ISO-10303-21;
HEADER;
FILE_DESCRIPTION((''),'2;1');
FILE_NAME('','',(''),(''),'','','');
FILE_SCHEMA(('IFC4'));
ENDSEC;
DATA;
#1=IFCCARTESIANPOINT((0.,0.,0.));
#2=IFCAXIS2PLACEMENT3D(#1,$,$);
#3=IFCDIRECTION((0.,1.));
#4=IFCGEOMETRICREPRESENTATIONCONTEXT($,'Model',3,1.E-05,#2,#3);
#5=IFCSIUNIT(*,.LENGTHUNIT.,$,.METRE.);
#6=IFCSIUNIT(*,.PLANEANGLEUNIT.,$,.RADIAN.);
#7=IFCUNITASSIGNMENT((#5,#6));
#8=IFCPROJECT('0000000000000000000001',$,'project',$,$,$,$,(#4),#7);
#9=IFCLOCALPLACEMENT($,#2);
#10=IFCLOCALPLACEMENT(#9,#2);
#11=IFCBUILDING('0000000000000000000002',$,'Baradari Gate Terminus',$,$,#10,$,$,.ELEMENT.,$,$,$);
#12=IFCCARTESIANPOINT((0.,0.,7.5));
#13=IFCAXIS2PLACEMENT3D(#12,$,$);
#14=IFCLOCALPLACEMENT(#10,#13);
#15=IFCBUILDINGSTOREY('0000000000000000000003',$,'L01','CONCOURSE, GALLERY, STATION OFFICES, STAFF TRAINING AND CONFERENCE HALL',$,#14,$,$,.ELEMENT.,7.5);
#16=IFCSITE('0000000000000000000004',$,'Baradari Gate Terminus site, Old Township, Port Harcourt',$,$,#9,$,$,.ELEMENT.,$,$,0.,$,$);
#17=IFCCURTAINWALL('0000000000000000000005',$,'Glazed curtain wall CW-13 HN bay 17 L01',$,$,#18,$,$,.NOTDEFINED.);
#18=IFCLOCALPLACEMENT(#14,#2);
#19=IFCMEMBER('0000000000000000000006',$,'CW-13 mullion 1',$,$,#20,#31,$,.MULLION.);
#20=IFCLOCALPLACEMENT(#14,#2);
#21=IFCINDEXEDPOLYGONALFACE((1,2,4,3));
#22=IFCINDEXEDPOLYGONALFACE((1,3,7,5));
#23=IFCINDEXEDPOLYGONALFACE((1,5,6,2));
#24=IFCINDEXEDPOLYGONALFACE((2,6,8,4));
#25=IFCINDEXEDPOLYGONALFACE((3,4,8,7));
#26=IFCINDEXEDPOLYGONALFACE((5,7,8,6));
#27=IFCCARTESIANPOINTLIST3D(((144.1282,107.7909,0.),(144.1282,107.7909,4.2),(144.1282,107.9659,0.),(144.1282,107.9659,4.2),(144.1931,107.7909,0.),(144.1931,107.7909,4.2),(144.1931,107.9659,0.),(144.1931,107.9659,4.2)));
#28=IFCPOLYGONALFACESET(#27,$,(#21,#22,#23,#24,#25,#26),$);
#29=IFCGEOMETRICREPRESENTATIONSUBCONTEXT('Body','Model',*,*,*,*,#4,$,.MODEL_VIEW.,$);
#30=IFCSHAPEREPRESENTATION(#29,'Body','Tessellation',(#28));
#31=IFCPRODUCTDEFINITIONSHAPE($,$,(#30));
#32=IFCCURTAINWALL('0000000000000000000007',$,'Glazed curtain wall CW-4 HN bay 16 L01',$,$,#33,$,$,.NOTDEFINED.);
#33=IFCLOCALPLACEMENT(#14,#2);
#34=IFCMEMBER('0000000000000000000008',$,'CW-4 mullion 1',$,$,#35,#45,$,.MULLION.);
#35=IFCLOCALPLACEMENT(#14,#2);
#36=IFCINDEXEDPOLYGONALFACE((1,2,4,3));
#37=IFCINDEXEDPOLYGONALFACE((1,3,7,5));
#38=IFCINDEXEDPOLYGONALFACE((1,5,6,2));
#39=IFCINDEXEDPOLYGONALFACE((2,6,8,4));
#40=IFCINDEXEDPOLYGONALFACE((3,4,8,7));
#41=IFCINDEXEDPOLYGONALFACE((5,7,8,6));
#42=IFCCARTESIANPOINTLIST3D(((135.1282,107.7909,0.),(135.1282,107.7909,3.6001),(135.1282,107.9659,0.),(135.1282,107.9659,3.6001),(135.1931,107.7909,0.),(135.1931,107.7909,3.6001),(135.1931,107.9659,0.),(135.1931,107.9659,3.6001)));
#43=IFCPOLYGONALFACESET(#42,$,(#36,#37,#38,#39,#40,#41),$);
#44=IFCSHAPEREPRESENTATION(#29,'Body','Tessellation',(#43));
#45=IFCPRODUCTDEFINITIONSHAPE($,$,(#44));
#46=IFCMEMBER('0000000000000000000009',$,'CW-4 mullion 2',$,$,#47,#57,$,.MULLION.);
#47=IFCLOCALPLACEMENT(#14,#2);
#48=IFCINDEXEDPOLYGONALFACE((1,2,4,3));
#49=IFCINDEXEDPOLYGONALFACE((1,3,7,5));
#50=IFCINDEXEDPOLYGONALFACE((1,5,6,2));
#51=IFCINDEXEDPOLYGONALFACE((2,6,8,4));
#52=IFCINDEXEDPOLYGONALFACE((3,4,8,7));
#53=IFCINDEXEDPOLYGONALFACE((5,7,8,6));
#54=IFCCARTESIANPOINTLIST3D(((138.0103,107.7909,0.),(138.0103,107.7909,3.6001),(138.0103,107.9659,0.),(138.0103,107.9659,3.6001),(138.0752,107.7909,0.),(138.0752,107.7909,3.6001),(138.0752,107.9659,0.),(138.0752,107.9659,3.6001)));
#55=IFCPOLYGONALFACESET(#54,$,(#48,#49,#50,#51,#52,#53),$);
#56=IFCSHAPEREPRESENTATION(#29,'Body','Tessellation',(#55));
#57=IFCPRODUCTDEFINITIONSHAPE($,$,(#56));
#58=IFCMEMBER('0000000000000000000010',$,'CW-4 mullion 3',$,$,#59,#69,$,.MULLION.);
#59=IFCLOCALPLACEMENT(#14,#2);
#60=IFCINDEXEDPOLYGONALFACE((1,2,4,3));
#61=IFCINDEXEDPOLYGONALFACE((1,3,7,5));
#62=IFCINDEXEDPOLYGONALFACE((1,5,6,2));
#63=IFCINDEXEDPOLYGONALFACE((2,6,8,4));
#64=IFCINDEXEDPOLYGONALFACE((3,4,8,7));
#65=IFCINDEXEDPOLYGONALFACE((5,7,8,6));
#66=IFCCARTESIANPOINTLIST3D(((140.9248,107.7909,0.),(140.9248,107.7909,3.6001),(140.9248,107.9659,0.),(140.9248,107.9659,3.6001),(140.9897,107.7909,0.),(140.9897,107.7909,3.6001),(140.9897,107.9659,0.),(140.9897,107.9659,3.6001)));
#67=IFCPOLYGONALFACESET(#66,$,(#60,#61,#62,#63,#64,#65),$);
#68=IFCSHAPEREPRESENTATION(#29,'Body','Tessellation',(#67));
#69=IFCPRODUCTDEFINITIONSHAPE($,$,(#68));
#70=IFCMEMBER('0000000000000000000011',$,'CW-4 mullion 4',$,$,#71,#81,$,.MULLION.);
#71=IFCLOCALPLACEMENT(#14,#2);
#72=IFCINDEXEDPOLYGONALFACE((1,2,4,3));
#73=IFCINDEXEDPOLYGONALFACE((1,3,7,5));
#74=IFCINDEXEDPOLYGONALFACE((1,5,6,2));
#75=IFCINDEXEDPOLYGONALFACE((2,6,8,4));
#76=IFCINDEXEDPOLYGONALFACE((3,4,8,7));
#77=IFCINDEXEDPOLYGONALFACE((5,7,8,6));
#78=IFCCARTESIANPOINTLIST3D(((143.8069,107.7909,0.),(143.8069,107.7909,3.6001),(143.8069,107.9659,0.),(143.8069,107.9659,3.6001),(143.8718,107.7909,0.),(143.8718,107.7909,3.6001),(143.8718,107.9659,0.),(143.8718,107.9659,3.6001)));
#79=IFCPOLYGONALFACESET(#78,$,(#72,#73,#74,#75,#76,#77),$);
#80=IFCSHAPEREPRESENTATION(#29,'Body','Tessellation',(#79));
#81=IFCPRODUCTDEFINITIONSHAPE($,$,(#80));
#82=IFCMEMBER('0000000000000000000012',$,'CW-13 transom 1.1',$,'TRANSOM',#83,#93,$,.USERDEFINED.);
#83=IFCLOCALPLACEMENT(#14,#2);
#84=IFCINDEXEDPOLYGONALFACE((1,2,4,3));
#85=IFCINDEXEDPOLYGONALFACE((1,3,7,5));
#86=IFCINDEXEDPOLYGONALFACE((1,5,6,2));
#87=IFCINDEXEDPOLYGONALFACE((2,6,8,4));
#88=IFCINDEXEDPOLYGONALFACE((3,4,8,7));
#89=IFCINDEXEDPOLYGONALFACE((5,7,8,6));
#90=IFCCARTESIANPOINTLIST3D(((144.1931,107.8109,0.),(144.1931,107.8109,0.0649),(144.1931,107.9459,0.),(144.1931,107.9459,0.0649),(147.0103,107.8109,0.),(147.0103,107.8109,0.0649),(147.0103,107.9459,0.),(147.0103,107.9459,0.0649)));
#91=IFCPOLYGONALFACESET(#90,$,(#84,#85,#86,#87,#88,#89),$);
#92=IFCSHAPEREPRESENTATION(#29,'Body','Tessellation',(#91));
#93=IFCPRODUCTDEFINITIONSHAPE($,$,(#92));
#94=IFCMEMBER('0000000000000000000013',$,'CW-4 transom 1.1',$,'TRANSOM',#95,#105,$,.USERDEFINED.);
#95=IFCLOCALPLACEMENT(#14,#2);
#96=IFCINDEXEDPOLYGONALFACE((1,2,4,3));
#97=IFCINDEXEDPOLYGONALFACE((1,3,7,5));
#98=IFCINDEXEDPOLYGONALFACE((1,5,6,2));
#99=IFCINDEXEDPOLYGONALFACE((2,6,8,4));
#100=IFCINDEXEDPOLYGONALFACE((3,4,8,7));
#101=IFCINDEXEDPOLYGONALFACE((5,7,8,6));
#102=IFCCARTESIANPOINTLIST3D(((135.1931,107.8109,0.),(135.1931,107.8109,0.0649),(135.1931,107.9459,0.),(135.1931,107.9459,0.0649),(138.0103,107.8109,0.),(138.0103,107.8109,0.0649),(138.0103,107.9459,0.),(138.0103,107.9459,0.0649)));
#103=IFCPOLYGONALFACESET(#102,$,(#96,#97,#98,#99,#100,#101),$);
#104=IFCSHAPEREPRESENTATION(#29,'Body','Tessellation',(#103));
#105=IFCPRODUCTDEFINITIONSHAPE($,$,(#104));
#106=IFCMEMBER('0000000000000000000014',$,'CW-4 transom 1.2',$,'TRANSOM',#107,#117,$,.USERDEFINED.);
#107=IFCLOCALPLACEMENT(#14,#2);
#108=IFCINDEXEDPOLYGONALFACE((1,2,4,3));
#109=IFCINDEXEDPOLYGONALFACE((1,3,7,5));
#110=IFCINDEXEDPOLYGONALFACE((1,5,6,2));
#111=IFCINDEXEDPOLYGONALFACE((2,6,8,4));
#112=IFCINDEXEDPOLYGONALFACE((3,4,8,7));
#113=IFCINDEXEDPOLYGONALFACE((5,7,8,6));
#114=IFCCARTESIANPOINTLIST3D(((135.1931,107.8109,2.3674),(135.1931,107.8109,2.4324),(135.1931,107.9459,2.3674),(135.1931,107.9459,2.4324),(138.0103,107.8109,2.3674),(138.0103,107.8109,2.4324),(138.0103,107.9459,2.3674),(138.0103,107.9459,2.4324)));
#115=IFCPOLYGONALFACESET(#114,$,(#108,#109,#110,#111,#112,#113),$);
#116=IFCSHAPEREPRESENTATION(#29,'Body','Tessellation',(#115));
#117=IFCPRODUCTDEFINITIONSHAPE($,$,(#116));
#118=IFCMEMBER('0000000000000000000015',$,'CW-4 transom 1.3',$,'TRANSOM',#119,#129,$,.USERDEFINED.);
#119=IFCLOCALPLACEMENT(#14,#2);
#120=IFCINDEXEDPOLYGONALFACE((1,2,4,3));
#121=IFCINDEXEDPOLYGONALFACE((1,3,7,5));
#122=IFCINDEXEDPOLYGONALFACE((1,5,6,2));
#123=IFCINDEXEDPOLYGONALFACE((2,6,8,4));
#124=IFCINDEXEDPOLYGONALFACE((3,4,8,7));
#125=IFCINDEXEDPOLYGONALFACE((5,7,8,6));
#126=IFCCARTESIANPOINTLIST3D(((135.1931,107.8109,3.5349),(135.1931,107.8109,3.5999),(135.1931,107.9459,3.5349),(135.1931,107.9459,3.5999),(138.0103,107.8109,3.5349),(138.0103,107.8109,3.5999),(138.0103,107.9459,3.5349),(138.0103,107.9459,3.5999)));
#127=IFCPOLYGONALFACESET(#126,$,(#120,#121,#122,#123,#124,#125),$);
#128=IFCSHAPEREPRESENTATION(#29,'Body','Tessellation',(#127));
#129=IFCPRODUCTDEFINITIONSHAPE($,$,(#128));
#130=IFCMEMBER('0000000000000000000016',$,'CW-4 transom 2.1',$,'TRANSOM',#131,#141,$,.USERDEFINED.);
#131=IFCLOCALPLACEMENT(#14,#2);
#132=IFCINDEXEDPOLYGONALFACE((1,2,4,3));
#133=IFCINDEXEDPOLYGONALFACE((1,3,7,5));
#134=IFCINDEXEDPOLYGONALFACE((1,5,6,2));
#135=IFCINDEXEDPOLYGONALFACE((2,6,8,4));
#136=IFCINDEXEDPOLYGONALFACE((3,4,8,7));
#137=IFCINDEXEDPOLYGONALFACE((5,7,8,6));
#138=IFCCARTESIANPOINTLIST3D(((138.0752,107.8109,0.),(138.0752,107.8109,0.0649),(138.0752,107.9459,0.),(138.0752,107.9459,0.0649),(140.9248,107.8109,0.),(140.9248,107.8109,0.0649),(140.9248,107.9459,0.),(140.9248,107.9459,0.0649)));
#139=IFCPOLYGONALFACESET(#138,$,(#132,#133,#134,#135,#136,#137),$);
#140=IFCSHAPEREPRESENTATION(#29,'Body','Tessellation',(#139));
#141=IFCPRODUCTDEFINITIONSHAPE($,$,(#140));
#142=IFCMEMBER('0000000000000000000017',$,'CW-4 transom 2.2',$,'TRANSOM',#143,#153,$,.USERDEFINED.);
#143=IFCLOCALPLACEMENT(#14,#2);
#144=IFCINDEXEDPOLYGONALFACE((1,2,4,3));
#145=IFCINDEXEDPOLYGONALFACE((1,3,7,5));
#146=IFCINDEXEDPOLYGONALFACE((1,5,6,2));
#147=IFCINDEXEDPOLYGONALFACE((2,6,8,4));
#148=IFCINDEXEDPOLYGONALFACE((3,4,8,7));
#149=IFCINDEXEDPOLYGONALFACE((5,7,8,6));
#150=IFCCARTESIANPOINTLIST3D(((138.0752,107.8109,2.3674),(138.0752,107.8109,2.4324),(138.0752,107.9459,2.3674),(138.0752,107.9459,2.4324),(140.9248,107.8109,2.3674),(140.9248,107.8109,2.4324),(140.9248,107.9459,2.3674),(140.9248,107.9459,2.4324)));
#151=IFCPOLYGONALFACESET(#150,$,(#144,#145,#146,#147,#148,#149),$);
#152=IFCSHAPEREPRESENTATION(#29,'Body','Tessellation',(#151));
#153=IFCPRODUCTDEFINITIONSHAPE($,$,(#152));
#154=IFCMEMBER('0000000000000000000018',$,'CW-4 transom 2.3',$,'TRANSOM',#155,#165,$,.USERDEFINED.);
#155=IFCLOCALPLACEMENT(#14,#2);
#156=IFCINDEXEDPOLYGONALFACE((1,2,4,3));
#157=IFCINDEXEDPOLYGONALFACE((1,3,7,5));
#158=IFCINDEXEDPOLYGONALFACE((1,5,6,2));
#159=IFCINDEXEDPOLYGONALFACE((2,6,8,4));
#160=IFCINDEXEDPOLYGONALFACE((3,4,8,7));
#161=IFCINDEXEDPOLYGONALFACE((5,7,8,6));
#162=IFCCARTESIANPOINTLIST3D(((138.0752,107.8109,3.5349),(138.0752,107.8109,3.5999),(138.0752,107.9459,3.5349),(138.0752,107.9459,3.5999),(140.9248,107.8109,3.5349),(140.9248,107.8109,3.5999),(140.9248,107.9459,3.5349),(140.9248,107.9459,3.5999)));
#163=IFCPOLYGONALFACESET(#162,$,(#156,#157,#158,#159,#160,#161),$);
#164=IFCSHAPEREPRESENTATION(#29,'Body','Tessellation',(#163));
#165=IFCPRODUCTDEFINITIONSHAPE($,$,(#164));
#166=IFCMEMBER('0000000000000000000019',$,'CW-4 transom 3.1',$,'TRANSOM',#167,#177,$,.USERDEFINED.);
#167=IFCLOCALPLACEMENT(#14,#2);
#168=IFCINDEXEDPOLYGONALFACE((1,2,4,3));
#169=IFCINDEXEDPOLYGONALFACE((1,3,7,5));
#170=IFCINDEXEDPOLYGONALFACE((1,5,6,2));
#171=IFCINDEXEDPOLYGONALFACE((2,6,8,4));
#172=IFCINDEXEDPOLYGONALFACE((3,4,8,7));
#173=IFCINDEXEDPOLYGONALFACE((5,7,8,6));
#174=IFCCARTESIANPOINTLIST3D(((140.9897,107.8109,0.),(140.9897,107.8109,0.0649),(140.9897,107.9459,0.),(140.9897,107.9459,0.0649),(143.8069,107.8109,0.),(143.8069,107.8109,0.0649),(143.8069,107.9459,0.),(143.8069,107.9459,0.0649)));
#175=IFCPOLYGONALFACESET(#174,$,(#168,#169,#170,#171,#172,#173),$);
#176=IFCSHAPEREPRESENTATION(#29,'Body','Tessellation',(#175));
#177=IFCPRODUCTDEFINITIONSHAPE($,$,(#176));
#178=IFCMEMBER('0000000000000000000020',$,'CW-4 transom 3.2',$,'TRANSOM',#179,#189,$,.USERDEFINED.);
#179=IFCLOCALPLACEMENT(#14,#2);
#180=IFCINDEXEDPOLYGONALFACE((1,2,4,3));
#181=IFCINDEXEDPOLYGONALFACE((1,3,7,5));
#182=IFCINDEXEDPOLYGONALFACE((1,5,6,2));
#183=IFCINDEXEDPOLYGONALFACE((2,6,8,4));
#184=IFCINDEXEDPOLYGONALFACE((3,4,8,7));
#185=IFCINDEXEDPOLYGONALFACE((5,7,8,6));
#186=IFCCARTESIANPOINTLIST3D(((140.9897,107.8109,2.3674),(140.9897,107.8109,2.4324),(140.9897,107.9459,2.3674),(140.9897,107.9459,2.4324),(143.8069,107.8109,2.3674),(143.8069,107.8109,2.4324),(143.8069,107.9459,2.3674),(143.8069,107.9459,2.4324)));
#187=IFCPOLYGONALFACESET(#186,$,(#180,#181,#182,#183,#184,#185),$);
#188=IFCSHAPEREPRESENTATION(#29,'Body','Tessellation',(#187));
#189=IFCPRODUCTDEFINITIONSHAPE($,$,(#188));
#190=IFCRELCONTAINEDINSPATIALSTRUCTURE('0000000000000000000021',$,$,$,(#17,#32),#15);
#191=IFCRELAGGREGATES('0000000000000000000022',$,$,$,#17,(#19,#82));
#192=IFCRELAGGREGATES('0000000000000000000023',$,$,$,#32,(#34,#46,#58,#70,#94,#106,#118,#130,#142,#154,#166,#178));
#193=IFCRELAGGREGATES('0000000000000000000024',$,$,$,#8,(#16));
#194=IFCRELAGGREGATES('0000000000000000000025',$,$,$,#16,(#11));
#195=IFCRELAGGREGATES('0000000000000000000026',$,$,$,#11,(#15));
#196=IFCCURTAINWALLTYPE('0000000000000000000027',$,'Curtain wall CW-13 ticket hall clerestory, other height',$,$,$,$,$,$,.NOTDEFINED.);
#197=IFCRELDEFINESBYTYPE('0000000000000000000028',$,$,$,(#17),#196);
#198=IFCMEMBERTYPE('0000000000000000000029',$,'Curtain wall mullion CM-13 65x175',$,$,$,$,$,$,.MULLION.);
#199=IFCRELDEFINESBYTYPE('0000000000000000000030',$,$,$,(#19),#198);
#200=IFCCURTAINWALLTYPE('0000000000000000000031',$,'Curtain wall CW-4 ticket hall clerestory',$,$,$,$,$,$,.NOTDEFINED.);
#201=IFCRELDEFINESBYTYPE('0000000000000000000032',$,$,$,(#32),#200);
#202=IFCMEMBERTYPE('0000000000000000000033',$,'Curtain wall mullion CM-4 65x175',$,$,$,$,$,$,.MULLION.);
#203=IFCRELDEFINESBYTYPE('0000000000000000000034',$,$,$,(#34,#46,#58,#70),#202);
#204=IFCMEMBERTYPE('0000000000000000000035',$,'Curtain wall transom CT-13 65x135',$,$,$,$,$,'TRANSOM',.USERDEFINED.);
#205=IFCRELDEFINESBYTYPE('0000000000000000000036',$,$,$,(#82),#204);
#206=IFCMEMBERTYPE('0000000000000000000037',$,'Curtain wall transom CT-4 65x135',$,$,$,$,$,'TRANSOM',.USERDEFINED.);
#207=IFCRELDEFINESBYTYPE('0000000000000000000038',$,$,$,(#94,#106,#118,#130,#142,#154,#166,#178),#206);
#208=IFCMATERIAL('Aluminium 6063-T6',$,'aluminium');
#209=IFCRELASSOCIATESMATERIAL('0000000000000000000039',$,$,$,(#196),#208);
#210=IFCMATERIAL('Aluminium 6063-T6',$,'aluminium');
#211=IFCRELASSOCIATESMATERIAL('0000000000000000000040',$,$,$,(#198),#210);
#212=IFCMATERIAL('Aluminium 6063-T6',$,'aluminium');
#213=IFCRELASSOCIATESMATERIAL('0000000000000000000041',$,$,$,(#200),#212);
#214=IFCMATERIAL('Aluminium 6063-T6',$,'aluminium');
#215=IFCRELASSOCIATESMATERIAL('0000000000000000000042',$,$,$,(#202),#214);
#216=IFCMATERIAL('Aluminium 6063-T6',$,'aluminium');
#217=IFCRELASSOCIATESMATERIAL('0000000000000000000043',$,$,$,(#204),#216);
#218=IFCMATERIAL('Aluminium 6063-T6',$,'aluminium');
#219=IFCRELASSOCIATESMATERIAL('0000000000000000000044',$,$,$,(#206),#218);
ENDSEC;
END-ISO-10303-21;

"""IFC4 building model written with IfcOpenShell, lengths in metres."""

from ifc_helpers import new_model, si_unit, direction, frame, origin, origin_2d, place, context, subcontext, project, spatial, rectangle, extrude, material, material_profile, profile_set, type_object, element, aggregate, save


model = new_model("IFC4")

# Units and contexts
model_context = context("Model", 3, precision=1e-05, world=origin(), true_north=direction((0.0, 1.0)))
body_context = subcontext(model_context, "Body", "Model", "MODEL_VIEW")
ifc_project = project(units=[si_unit("LENGTHUNIT", "METRE"), si_unit("PLANEANGLEUNIT", "RADIAN")], contexts=[model_context])

# Site, building, storey
site_placement = place(None, origin())
site = spatial("IfcSite", under=ifc_project, at=site_placement, Name="Baradari Gate Terminus site, Old Township, Port Harcourt", CompositionType="ELEMENT", RefElevation=0.0)
building_placement = place(site_placement, origin())
building = spatial("IfcBuilding", under=site, at=building_placement, Name="Baradari Gate Terminus", CompositionType="ELEMENT")
storey_placement = place(building_placement, frame((0.0, 0.0, 7.5)))
storey = spatial("IfcBuildingStorey", under=building, at=storey_placement, Name="L01", Description="CONCOURSE, GALLERY, STATION OFFICES, STAFF TRAINING AND CONFERENCE HALL", CompositionType="ELEMENT", Elevation=7.5)

# Curtain wall, member
ifc_material_1 = material(Name="Aluminium 6063-T6", Category="aluminium")
curtain_wall_type_1 = type_object("IfcCurtainWallType", Name="Curtain wall CW-13 ticket hall clerestory, other height", PredefinedType="NOTDEFINED", material=ifc_material_1)
curtain_wall_1_placement = place(storey_placement, origin())
curtain_wall_1 = element("IfcCurtainWall", 1, at=curtain_wall_1_placement, inside=storey, type_object=curtain_wall_type_1, Name="Glazed curtain wall CW-13 HN bay 17 L01", PredefinedType="NOTDEFINED")
ifc_material_2 = material(Name="Aluminium 6063-T6", Category="aluminium")
ifc_material_profile_1 = material_profile(ifc_material_2, rectangle(XDim=0.175, YDim=0.0649, at=origin_2d()), Name="CM-13 65X175")
ifc_profile_set_1 = profile_set([ifc_material_profile_1], Name="Aluminium 6063-T6")
member_type_1 = type_object("IfcMemberType", Name="Curtain wall mullion CM-13 65x175", PredefinedType="MULLION", material=ifc_profile_set_1)
member_1_placement = place(storey_placement, frame((144.1606, 107.8784, 0.0), z_axis=(0.0, 0.0, 1.0), x_axis=(0.0, 1.0, 0.0)))
member_1 = element("IfcMember", 2, at=member_1_placement, type_object=member_type_1, Name="CW-13 mullion 1", PredefinedType="MULLION", context=body_context, shape_type="SweptSolid", body=[
    extrude(rectangle(XDim=0.175, YDim=0.0649, at=origin_2d()), origin(), (0.0, 0.0, 1.0), 4.2),
])

# Curtain wall, members
ifc_material_3 = material(Name="Aluminium 6063-T6", Category="aluminium")
curtain_wall_type_2 = type_object("IfcCurtainWallType", Name="Curtain wall CW-4 ticket hall clerestory", PredefinedType="NOTDEFINED", material=ifc_material_3)
curtain_wall_2_placement = place(storey_placement, origin())
curtain_wall_2 = element("IfcCurtainWall", 3, at=curtain_wall_2_placement, inside=storey, type_object=curtain_wall_type_2, Name="Glazed curtain wall CW-4 HN bay 16 L01", PredefinedType="NOTDEFINED")
ifc_material_4 = material(Name="Aluminium 6063-T6", Category="aluminium")
ifc_material_profile_2 = material_profile(ifc_material_4, rectangle(XDim=0.175, YDim=0.0649, at=origin_2d()), Name="CM-4 65X175")
ifc_profile_set_2 = profile_set([ifc_material_profile_2], Name="Aluminium 6063-T6")
member_type_2 = type_object("IfcMemberType", Name="Curtain wall mullion CM-4 65x175", PredefinedType="MULLION", material=ifc_profile_set_2)
member_2_placement = place(storey_placement, frame((135.1606, 107.8784, 0.0), z_axis=(0.0, 0.0, 1.0), x_axis=(0.0, 1.0, 0.0)))
member_2 = element("IfcMember", 4, at=member_2_placement, type_object=member_type_2, Name="CW-4 mullion 1", PredefinedType="MULLION", context=body_context, shape_type="SweptSolid", body=[
    extrude(rectangle(XDim=0.175, YDim=0.0649, at=origin_2d()), origin(), (0.0, 0.0, 1.0), 3.6001),
])
member_3_placement = place(storey_placement, frame((138.0427, 107.8784, 0.0), z_axis=(0.0, 0.0, 1.0), x_axis=(0.0, 1.0, 0.0)))
member_3 = element("IfcMember", 5, at=member_3_placement, type_object=member_type_2, Name="CW-4 mullion 2", PredefinedType="MULLION", context=body_context, shape_type="SweptSolid", body=[
    extrude(rectangle(XDim=0.175, YDim=0.0649, at=origin_2d()), origin(), (0.0, 0.0, 1.0), 3.6001),
])
member_4_placement = place(storey_placement, frame((140.9573, 107.8784, 0.0), z_axis=(0.0, 0.0, 1.0), x_axis=(0.0, 1.0, 0.0)))
member_4 = element("IfcMember", 6, at=member_4_placement, type_object=member_type_2, Name="CW-4 mullion 3", PredefinedType="MULLION", context=body_context, shape_type="SweptSolid", body=[
    extrude(rectangle(XDim=0.175, YDim=0.0649, at=origin_2d()), origin(), (0.0, 0.0, 1.0), 3.6001),
])
member_5_placement = place(storey_placement, frame((143.8394, 107.8784, 0.0), z_axis=(0.0, 0.0, 1.0), x_axis=(0.0, 1.0, 0.0)))
member_5 = element("IfcMember", 7, at=member_5_placement, type_object=member_type_2, Name="CW-4 mullion 4", PredefinedType="MULLION", context=body_context, shape_type="SweptSolid", body=[
    extrude(rectangle(XDim=0.175, YDim=0.0649, at=origin_2d()), origin(), (0.0, 0.0, 1.0), 3.6001),
])

# Members
ifc_material_5 = material(Name="Aluminium 6063-T6", Category="aluminium")
ifc_material_profile_3 = material_profile(ifc_material_5, rectangle(XDim=0.135, YDim=0.0649, at=origin_2d()), Name="CT-13 65X135")
ifc_profile_set_3 = profile_set([ifc_material_profile_3], Name="Aluminium 6063-T6")
member_type_3 = type_object("IfcMemberType", Name="Curtain wall transom CT-13 65x135", ElementType="TRANSOM", PredefinedType="USERDEFINED", material=ifc_profile_set_3)
member_6_placement = place(storey_placement, frame((144.1931, 107.8784, 0.0325), z_axis=(1.0, 0.0, 0.0), x_axis=(0.0, 1.0, 0.0)))
member_6 = element("IfcMember", 8, at=member_6_placement, type_object=member_type_3, Name="CW-13 transom 1.1", ObjectType="TRANSOM", PredefinedType="USERDEFINED", context=body_context, shape_type="SweptSolid", body=[
    extrude(rectangle(XDim=0.135, YDim=0.0649, at=origin_2d()), origin(), (0.0, 0.0, 1.0), 2.8171),
])
aggregate(curtain_wall_1, [member_1, member_6])
ifc_material_6 = material(Name="Aluminium 6063-T6", Category="aluminium")
ifc_material_profile_4 = material_profile(ifc_material_6, rectangle(XDim=0.135, YDim=0.0649, at=origin_2d()), Name="CT-4 65X135")
ifc_profile_set_4 = profile_set([ifc_material_profile_4], Name="Aluminium 6063-T6")
member_type_4 = type_object("IfcMemberType", Name="Curtain wall transom CT-4 65x135", ElementType="TRANSOM", PredefinedType="USERDEFINED", material=ifc_profile_set_4)
member_7_placement = place(storey_placement, frame((135.1931, 107.8784, 0.0325), z_axis=(1.0, 0.0, 0.0), x_axis=(0.0, 1.0, 0.0)))
member_7 = element("IfcMember", 9, at=member_7_placement, type_object=member_type_4, Name="CW-4 transom 1.1", ObjectType="TRANSOM", PredefinedType="USERDEFINED", context=body_context, shape_type="SweptSolid", body=[
    extrude(rectangle(XDim=0.135, YDim=0.0649, at=origin_2d()), origin(), (0.0, 0.0, 1.0), 2.8171),
])
member_8_placement = place(storey_placement, frame((135.1931, 107.8784, 2.3999), z_axis=(1.0, 0.0, 0.0), x_axis=(0.0, 1.0, 0.0)))
member_8 = element("IfcMember", 10, at=member_8_placement, type_object=member_type_4, Name="CW-4 transom 1.2", ObjectType="TRANSOM", PredefinedType="USERDEFINED", context=body_context, shape_type="SweptSolid", body=[
    extrude(rectangle(XDim=0.135, YDim=0.0649, at=origin_2d()), origin(), (0.0, 0.0, 1.0), 2.8171),
])
member_9_placement = place(storey_placement, frame((135.1931, 107.8784, 3.5674), z_axis=(1.0, 0.0, 0.0), x_axis=(0.0, 1.0, 0.0)))
member_9 = element("IfcMember", 11, at=member_9_placement, type_object=member_type_4, Name="CW-4 transom 1.3", ObjectType="TRANSOM", PredefinedType="USERDEFINED", context=body_context, shape_type="SweptSolid", body=[
    extrude(rectangle(XDim=0.135, YDim=0.0649, at=origin_2d()), origin(), (0.0, 0.0, 1.0), 2.8171),
])
member_10_placement = place(storey_placement, frame((138.0752, 107.8784, 0.0325), z_axis=(1.0, 0.0, 0.0), x_axis=(0.0, 1.0, 0.0)))
member_10 = element("IfcMember", 12, at=member_10_placement, type_object=member_type_4, Name="CW-4 transom 2.1", ObjectType="TRANSOM", PredefinedType="USERDEFINED", context=body_context, shape_type="SweptSolid", body=[
    extrude(rectangle(XDim=0.135, YDim=0.0649, at=origin_2d()), origin(), (0.0, 0.0, 1.0), 2.8496),
])
member_11_placement = place(storey_placement, frame((138.0752, 107.8784, 2.3999), z_axis=(1.0, 0.0, 0.0), x_axis=(0.0, 1.0, 0.0)))
member_11 = element("IfcMember", 13, at=member_11_placement, type_object=member_type_4, Name="CW-4 transom 2.2", ObjectType="TRANSOM", PredefinedType="USERDEFINED", context=body_context, shape_type="SweptSolid", body=[
    extrude(rectangle(XDim=0.135, YDim=0.0649, at=origin_2d()), origin(), (0.0, 0.0, 1.0), 2.8496),
])
member_12_placement = place(storey_placement, frame((138.0752, 107.8784, 3.5674), z_axis=(1.0, 0.0, 0.0), x_axis=(0.0, 1.0, 0.0)))
member_12 = element("IfcMember", 14, at=member_12_placement, type_object=member_type_4, Name="CW-4 transom 2.3", ObjectType="TRANSOM", PredefinedType="USERDEFINED", context=body_context, shape_type="SweptSolid", body=[
    extrude(rectangle(XDim=0.135, YDim=0.0649, at=origin_2d()), origin(), (0.0, 0.0, 1.0), 2.8496),
])
member_13_placement = place(storey_placement, frame((140.9897, 107.8784, 0.0325), z_axis=(1.0, 0.0, 0.0), x_axis=(0.0, 1.0, 0.0)))
member_13 = element("IfcMember", 15, at=member_13_placement, type_object=member_type_4, Name="CW-4 transom 3.1", ObjectType="TRANSOM", PredefinedType="USERDEFINED", context=body_context, shape_type="SweptSolid", body=[
    extrude(rectangle(XDim=0.135, YDim=0.0649, at=origin_2d()), origin(), (0.0, 0.0, 1.0), 2.8171),
])
member_14_placement = place(storey_placement, frame((140.9897, 107.8784, 2.3999), z_axis=(1.0, 0.0, 0.0), x_axis=(0.0, 1.0, 0.0)))
member_14 = element("IfcMember", 16, at=member_14_placement, type_object=member_type_4, Name="CW-4 transom 3.2", ObjectType="TRANSOM", PredefinedType="USERDEFINED", context=body_context, shape_type="SweptSolid", body=[
    extrude(rectangle(XDim=0.135, YDim=0.0649, at=origin_2d()), origin(), (0.0, 0.0, 1.0), 2.8171),
])

aggregate(curtain_wall_2, [member_2, member_3, member_4, member_5, member_7, member_8, member_9, member_10, member_11, member_12, member_13, member_14])

save(model, "model.ifc")
